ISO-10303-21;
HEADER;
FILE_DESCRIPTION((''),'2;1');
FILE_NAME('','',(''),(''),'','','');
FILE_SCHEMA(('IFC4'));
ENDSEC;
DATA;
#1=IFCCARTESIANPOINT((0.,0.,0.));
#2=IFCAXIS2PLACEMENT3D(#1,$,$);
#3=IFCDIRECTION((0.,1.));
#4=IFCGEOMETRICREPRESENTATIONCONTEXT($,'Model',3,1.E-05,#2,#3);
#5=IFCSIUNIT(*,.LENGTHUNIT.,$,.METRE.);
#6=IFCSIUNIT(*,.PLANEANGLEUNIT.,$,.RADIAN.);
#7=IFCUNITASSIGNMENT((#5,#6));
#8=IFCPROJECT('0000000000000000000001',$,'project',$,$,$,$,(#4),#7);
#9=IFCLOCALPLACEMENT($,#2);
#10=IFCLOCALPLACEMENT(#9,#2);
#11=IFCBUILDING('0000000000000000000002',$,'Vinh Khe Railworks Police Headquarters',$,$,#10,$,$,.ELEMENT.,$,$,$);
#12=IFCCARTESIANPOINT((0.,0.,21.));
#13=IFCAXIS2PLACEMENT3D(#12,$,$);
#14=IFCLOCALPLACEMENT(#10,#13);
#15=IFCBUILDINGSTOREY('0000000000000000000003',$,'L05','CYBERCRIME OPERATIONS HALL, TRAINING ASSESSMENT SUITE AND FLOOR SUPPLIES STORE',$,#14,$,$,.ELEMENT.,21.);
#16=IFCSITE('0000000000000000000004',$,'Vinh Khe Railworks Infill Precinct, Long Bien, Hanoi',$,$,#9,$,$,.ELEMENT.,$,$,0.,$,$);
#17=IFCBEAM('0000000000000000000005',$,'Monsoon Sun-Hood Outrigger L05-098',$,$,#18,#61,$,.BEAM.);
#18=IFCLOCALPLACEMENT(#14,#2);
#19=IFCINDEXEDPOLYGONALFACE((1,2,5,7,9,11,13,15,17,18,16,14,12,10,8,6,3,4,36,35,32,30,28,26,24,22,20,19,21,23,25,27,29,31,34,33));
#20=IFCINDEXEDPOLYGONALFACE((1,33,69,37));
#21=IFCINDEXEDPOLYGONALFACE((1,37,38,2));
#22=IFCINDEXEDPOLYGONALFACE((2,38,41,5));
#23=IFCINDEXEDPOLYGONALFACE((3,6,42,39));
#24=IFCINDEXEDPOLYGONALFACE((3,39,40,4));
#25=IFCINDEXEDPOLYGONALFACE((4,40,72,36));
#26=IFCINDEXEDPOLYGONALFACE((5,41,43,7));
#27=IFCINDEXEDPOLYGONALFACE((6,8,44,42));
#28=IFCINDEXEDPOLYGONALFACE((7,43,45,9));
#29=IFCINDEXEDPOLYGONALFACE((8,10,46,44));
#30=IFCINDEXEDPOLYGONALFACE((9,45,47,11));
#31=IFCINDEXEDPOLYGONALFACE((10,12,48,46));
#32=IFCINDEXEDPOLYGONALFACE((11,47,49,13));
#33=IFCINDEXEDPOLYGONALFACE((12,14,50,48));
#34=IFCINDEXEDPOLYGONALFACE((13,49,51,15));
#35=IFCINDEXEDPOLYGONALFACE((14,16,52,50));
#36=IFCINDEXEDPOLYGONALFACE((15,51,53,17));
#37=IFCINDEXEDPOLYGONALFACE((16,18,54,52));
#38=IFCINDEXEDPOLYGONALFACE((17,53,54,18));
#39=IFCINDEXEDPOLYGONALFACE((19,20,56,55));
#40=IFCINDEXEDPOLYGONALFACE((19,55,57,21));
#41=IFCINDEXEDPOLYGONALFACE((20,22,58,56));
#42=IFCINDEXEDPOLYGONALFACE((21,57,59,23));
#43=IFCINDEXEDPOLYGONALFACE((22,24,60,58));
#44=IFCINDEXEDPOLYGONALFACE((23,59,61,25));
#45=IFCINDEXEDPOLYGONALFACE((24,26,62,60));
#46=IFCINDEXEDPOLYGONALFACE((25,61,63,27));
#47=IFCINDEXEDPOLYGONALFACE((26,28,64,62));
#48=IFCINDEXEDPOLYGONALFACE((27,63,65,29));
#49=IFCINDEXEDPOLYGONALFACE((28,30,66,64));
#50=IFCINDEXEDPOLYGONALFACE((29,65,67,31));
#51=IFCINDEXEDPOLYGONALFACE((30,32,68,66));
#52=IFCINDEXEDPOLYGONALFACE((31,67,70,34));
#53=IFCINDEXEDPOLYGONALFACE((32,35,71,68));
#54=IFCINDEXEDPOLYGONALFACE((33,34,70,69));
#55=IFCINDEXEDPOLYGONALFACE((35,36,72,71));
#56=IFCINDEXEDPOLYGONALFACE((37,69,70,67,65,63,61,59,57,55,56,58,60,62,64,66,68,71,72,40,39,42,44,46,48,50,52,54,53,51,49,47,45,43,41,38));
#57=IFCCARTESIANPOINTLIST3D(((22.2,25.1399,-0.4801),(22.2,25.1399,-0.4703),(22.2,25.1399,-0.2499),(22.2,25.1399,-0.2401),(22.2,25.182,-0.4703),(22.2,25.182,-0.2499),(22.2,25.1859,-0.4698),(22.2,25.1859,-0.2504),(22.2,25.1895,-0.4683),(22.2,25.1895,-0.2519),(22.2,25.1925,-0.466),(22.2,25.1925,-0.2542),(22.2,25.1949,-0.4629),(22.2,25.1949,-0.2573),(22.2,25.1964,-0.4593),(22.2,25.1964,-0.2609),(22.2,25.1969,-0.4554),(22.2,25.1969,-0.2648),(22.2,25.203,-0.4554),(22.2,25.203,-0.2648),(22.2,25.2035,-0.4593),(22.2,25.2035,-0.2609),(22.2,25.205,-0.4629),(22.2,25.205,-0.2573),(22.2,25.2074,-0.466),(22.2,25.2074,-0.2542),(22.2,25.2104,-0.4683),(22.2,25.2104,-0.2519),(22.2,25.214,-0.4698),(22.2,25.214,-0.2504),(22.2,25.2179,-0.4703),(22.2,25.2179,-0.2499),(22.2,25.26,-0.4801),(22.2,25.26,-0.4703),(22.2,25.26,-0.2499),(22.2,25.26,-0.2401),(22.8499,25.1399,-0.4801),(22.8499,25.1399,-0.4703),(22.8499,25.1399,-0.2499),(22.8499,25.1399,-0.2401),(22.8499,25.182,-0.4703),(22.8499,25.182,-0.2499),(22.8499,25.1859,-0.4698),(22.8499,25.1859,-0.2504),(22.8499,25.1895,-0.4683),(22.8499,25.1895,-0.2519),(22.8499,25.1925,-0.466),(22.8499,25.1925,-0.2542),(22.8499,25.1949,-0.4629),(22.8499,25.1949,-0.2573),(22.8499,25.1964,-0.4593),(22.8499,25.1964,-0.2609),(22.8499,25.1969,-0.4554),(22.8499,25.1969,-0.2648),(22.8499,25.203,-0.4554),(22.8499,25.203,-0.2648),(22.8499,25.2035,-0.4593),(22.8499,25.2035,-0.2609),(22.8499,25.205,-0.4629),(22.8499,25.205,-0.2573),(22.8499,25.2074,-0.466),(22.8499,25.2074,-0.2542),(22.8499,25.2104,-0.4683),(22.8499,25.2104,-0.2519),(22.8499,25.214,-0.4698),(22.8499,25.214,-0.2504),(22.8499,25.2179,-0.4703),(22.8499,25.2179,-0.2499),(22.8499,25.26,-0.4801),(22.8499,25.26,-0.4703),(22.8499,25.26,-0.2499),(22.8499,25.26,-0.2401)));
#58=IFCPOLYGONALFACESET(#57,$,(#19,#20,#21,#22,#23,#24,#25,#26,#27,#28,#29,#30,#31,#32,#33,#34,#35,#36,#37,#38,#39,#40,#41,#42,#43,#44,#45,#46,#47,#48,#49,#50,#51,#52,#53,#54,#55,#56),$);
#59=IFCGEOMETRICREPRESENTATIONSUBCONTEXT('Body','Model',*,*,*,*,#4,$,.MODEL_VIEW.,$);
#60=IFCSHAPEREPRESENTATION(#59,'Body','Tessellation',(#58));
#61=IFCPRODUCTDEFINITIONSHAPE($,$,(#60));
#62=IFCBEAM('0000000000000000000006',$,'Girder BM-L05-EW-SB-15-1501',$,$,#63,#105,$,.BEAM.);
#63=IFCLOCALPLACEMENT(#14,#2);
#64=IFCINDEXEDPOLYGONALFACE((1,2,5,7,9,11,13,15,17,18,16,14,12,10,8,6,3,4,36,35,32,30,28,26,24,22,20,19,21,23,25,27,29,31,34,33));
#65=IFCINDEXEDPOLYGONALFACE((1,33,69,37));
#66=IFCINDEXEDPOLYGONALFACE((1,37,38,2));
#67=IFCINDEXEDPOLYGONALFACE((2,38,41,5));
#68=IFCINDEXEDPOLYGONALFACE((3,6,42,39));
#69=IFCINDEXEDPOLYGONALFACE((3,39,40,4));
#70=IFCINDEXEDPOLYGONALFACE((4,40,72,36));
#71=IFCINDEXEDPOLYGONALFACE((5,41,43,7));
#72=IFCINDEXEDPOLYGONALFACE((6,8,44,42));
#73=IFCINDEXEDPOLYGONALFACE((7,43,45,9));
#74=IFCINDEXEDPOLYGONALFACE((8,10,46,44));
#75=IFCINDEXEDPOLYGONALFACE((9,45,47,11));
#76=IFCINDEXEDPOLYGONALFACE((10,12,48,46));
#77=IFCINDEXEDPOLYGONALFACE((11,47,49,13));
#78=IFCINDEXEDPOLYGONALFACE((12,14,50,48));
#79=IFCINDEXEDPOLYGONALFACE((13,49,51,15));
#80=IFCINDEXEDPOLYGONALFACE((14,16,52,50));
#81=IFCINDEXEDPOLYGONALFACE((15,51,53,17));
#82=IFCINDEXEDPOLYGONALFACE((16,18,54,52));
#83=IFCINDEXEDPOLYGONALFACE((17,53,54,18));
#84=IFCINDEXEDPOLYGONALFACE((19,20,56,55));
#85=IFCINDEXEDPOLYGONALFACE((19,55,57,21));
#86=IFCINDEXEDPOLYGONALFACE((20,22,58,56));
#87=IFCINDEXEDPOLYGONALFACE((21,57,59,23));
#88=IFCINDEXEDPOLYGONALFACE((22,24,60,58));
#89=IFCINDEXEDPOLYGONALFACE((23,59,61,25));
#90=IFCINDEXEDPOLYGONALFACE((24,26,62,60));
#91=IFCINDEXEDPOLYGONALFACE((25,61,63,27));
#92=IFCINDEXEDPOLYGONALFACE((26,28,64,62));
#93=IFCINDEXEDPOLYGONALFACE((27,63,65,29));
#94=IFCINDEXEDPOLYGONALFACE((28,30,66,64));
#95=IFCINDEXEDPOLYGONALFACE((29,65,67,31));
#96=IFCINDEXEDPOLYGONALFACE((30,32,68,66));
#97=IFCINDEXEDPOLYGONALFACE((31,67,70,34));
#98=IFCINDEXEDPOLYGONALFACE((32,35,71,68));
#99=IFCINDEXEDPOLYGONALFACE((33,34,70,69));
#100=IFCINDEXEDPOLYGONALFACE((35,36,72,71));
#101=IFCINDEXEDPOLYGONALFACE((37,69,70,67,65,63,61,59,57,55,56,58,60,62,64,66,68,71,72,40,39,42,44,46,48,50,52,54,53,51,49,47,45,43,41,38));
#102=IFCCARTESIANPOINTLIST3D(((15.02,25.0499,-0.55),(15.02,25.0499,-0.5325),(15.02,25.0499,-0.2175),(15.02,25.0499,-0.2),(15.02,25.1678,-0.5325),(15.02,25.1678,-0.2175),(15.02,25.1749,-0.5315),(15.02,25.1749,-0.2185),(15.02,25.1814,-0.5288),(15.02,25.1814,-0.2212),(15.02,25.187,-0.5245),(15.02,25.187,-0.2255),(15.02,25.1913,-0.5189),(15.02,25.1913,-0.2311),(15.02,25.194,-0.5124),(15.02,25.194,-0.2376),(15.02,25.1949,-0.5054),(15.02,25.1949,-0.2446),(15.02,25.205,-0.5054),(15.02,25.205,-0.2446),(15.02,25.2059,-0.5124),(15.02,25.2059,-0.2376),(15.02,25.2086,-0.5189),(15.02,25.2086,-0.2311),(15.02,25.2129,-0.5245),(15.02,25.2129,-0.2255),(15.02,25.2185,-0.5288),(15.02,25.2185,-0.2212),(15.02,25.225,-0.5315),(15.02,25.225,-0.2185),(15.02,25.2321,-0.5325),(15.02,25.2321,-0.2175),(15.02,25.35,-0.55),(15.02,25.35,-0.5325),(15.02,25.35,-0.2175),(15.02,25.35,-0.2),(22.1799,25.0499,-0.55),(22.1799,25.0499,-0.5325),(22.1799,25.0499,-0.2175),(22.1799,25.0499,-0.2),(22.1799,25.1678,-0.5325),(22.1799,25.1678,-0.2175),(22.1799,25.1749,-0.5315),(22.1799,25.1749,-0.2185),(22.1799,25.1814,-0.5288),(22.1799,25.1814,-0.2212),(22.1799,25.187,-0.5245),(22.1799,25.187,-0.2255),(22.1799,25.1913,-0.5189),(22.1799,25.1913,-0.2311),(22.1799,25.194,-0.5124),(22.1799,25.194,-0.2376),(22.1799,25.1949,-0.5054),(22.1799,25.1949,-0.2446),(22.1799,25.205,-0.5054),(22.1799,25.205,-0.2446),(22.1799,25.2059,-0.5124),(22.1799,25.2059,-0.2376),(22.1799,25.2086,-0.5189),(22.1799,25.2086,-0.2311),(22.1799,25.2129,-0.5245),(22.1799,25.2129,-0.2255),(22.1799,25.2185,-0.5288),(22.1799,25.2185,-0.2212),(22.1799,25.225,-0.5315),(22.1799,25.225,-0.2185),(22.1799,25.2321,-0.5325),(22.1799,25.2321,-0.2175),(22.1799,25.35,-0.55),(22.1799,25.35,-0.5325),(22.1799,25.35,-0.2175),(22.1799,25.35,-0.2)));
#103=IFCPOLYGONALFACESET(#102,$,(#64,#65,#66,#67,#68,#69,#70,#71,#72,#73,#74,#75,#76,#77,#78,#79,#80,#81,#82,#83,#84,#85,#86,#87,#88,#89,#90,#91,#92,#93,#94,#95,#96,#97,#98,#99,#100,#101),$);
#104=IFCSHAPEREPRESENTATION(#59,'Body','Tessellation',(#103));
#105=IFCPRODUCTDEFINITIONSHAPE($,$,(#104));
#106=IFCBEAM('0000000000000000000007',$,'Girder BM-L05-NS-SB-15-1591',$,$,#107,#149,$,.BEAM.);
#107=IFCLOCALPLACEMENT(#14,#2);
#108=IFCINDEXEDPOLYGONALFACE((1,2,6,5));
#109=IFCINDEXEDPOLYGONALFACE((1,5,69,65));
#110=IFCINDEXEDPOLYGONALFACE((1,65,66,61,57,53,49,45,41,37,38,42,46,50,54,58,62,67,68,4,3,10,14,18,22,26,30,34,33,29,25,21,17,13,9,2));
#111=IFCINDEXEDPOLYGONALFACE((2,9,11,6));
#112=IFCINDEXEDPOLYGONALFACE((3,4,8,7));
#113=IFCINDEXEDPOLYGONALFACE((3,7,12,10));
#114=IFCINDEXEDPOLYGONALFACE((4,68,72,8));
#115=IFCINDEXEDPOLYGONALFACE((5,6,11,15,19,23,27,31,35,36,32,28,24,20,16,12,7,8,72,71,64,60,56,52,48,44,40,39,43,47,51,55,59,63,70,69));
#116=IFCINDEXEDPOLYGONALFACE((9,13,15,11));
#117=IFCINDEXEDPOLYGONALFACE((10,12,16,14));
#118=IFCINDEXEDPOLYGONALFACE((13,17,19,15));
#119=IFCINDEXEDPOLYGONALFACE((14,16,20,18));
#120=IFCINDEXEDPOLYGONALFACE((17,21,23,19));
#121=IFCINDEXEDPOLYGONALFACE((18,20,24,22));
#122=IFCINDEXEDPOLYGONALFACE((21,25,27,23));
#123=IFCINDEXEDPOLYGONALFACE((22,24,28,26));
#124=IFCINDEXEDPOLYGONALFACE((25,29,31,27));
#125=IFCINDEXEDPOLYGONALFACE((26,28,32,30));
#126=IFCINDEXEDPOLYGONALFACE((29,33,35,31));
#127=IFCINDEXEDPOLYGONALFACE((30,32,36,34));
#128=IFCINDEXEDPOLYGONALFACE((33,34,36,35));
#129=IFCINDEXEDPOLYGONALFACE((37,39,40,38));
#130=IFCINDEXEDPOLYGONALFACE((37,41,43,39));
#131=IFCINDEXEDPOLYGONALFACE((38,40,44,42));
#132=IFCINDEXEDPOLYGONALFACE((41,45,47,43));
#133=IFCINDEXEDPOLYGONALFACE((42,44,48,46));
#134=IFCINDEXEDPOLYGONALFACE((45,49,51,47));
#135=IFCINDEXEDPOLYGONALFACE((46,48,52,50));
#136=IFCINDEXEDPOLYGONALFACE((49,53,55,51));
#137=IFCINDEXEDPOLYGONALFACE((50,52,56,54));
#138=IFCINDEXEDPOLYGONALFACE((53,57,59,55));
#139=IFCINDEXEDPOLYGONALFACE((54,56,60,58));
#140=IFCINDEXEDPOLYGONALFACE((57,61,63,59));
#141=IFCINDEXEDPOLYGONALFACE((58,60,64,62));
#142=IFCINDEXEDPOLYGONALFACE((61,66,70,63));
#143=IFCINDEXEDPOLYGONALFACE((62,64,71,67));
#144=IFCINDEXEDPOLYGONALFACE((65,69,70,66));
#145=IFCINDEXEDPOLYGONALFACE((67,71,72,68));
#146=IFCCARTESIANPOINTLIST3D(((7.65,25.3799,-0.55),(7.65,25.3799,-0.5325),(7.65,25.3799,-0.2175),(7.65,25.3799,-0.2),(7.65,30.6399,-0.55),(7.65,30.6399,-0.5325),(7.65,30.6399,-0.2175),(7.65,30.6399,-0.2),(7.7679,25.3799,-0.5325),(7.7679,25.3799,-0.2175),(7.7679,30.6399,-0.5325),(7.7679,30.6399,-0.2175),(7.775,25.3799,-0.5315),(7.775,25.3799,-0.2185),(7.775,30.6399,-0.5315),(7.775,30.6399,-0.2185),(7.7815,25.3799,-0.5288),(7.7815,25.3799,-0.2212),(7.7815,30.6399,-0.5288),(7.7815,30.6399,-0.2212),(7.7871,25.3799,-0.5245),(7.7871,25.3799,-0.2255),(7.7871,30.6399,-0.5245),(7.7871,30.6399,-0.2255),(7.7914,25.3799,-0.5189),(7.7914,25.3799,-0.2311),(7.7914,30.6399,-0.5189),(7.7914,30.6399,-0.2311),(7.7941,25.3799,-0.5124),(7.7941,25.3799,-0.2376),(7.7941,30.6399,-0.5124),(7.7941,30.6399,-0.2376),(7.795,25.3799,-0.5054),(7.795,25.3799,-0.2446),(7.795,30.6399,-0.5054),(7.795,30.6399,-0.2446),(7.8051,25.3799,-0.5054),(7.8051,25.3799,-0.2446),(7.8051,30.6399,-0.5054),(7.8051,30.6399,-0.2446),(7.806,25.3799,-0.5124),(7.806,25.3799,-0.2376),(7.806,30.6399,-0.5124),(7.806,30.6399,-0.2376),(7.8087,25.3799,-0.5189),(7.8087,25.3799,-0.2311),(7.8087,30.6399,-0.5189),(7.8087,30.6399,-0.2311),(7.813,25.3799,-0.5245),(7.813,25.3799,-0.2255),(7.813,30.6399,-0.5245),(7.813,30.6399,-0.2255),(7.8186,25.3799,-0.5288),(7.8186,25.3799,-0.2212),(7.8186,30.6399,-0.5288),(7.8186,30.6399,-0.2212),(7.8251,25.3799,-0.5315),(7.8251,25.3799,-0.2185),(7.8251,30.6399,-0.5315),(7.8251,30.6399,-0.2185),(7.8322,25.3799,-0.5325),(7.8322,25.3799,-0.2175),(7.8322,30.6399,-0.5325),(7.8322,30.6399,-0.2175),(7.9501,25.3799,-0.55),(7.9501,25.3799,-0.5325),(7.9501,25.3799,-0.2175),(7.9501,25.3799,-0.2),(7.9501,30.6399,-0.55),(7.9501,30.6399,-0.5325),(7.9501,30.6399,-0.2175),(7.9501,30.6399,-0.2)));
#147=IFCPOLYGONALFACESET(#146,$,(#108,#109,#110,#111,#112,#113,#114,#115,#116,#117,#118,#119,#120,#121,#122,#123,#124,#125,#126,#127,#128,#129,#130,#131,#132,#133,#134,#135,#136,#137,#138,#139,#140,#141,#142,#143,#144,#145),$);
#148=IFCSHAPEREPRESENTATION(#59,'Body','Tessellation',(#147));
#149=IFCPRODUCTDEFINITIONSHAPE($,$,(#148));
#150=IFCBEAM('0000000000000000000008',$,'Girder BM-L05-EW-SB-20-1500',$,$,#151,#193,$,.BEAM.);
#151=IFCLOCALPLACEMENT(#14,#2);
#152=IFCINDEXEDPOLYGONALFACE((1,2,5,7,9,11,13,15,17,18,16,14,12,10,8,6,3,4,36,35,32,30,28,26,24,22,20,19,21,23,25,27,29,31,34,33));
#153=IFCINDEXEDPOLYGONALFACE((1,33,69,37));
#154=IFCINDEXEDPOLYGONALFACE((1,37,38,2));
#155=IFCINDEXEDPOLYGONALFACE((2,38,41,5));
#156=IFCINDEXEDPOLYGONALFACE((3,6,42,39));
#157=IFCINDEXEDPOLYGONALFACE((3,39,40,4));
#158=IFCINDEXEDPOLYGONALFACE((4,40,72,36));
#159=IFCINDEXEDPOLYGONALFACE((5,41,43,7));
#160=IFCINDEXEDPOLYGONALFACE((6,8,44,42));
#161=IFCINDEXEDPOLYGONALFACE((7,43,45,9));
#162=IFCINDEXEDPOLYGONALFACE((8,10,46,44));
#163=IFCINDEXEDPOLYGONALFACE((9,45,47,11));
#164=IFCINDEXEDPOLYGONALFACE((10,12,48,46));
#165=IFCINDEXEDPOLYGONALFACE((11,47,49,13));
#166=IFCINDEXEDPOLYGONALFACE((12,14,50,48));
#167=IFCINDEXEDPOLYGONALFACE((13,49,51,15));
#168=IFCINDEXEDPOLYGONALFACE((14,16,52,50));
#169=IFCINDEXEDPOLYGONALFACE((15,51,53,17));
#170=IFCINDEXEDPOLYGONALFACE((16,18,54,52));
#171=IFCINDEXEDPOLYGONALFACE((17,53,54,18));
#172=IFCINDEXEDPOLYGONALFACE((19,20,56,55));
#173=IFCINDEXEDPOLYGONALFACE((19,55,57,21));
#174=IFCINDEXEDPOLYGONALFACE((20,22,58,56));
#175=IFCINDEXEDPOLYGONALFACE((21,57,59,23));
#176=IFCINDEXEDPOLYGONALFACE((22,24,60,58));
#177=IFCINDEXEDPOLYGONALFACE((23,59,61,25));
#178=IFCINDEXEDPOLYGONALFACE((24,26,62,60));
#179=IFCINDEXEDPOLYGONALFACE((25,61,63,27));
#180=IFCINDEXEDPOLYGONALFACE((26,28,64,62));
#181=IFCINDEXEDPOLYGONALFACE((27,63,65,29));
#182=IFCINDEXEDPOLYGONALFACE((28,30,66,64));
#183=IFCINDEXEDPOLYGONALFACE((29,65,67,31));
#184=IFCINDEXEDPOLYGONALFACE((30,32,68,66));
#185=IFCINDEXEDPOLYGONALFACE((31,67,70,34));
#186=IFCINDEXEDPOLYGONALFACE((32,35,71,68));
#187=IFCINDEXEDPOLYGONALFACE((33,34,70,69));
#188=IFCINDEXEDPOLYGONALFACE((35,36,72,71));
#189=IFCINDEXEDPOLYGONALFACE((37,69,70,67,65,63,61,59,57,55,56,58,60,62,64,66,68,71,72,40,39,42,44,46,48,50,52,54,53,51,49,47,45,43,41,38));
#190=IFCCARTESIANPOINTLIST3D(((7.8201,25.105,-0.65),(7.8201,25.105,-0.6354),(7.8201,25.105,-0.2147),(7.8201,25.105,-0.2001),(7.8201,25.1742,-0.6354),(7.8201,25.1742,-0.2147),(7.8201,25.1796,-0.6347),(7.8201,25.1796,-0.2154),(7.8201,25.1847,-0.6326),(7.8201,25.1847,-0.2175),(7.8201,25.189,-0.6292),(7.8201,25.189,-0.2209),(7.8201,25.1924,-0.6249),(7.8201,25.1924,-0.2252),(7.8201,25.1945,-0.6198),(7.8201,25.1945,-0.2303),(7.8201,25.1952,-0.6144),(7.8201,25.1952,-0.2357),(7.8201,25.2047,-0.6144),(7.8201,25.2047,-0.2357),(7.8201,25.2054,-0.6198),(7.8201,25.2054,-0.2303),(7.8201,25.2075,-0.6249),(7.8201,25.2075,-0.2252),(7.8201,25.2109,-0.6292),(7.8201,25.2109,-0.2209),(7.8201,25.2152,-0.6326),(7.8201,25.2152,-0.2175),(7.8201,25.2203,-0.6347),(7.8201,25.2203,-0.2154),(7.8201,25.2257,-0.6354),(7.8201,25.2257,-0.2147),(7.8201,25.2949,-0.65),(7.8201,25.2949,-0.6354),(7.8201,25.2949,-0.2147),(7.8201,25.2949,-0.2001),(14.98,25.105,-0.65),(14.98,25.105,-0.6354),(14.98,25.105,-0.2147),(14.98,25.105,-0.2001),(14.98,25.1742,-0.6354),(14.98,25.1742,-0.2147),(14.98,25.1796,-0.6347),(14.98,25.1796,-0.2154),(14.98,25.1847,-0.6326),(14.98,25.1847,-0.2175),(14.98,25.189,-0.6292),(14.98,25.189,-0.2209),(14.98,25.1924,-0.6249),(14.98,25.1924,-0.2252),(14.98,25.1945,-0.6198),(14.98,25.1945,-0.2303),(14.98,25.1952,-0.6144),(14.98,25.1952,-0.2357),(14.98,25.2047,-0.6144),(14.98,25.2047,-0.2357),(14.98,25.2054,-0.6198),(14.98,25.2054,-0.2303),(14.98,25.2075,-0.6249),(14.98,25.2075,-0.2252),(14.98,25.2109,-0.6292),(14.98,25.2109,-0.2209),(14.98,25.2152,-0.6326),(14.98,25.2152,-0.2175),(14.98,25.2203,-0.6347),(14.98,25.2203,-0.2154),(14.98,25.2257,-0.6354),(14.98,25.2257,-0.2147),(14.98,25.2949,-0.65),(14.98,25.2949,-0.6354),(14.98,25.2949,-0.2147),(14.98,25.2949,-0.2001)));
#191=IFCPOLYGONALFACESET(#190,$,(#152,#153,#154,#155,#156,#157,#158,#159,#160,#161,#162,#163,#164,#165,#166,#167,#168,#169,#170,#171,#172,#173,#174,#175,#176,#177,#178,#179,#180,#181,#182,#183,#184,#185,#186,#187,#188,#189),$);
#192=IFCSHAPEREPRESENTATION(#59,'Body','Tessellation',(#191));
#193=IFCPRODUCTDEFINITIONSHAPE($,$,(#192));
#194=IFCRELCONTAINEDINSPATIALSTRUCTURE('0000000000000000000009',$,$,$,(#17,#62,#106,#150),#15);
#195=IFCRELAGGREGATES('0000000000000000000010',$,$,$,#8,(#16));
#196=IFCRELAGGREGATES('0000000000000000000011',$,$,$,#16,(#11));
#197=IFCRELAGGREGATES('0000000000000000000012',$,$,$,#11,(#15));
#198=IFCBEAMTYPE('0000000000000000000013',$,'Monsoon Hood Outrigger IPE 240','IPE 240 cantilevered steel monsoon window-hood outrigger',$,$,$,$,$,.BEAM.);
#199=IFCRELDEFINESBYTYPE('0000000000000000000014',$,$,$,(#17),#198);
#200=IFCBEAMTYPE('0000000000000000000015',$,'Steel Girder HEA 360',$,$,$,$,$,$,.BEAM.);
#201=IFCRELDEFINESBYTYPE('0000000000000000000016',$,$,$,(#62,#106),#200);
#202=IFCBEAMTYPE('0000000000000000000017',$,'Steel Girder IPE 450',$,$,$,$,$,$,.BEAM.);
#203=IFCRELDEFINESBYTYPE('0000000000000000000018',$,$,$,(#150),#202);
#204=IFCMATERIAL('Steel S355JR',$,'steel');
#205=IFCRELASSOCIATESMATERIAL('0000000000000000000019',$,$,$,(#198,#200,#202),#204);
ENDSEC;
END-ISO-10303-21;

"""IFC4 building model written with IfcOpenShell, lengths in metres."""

from ifc_helpers import new_model, si_unit, direction, frame, origin, origin_2d, place, context, subcontext, project, spatial, i_section, extrude, material, material_profile, profile_set, type_object, element, save


model = new_model("IFC4")

# Units and contexts
model_context = context("Model", 3, precision=1e-05, world=origin(), true_north=direction((0.0, 1.0)))
body_context = subcontext(model_context, "Body", "Model", "MODEL_VIEW")
ifc_project = project(units=[si_unit("LENGTHUNIT", "METRE"), si_unit("PLANEANGLEUNIT", "RADIAN")], contexts=[model_context])

# Site, building, storey
site_placement = place(None, origin())
site = spatial("IfcSite", under=ifc_project, at=site_placement, Name="Vinh Khe Railworks Infill Precinct, Long Bien, Hanoi", CompositionType="ELEMENT", RefElevation=0.0)
building_placement = place(site_placement, origin())
building = spatial("IfcBuilding", under=site, at=building_placement, Name="Vinh Khe Railworks Police Headquarters", CompositionType="ELEMENT")
storey_placement = place(building_placement, frame((0.0, 0.0, 21.0)))
storey = spatial("IfcBuildingStorey", under=building, at=storey_placement, Name="L05", Description="CYBERCRIME OPERATIONS HALL, TRAINING ASSESSMENT SUITE AND FLOOR SUPPLIES STORE", CompositionType="ELEMENT", Elevation=21.0)

# Shared definitions
ifc_material_1 = material(Name="Steel S355JR", Category="steel")

# Beams
ifc_material_profile_1 = material_profile(ifc_material_1, i_section(OverallWidth=0.1201, OverallDepth=0.24, WebThickness=0.0061, FlangeThickness=0.0098, FilletRadius=0.0149, at=origin_2d()), Name="IPE 240")
ifc_profile_set_1 = profile_set([ifc_material_profile_1], Name="Steel S355JR")
beam_type_1 = type_object("IfcBeamType", Name="Monsoon Hood Outrigger IPE 240", Description="IPE 240 cantilevered steel monsoon window-hood outrigger", PredefinedType="BEAM", material=ifc_profile_set_1)
beam_1_placement = place(storey_placement, frame((22.2, 25.2, -0.3601), z_axis=(1.0, 0.0, 0.0), x_axis=(0.0, 1.0, 0.0)))
element("IfcBeam", 1, at=beam_1_placement, inside=storey, type_object=beam_type_1, Name="Monsoon Sun-Hood Outrigger L05-098", PredefinedType="BEAM", context=body_context, shape_type="SweptSolid", body=[
    extrude(i_section(OverallWidth=0.1201, OverallDepth=0.24, WebThickness=0.0061, FlangeThickness=0.0098, FilletRadius=0.0149, at=origin_2d()), origin(), (0.0, 0.0, 1.0), 0.6499),
])
ifc_material_profile_2 = material_profile(ifc_material_1, i_section(OverallWidth=0.3, OverallDepth=0.3501, WebThickness=0.01, FlangeThickness=0.0176, FilletRadius=0.0271, at=origin_2d()), Name="HEA 360")
ifc_profile_set_2 = profile_set([ifc_material_profile_2], Name="Steel S355JR")
beam_type_2 = type_object("IfcBeamType", Name="Steel Girder HEA 360", PredefinedType="BEAM", material=ifc_profile_set_2)
beam_2_placement = place(storey_placement, frame((15.02, 25.2, -0.375), z_axis=(1.0, 0.0, 0.0), x_axis=(0.0, 1.0, 0.0)))
element("IfcBeam", 2, at=beam_2_placement, inside=storey, type_object=beam_type_2, Name="Girder BM-L05-EW-SB-15-1501", PredefinedType="BEAM", context=body_context, shape_type="SweptSolid", body=[
    extrude(i_section(OverallWidth=0.3, OverallDepth=0.3501, WebThickness=0.01, FlangeThickness=0.0176, FilletRadius=0.0271, at=origin_2d()), origin(), (0.0, 0.0, 1.0), 7.1599),
])
beam_3_placement = place(storey_placement, frame((7.8, 25.3799, -0.375), z_axis=(0.0, 1.0, 0.0), x_axis=(-1.0, 0.0, 0.0)))
element("IfcBeam", 3, at=beam_3_placement, inside=storey, type_object=beam_type_2, Name="Girder BM-L05-NS-SB-15-1591", PredefinedType="BEAM", context=body_context, shape_type="SweptSolid", body=[
    extrude(i_section(OverallWidth=0.3, OverallDepth=0.3501, WebThickness=0.01, FlangeThickness=0.0176, FilletRadius=0.0271, at=origin_2d()), origin(), (0.0, 0.0, 1.0), 5.26),
])
ifc_material_profile_3 = material_profile(ifc_material_1, i_section(OverallWidth=0.1899, OverallDepth=0.45, WebThickness=0.0095, FlangeThickness=0.0146, FilletRadius=0.021, at=origin_2d()), Name="IPE 450")
ifc_profile_set_3 = profile_set([ifc_material_profile_3], Name="Steel S355JR")
beam_type_3 = type_object("IfcBeamType", Name="Steel Girder IPE 450", PredefinedType="BEAM", material=ifc_profile_set_3)
beam_4_placement = place(storey_placement, frame((7.8201, 25.2, -0.425), z_axis=(1.0, 0.0, 0.0), x_axis=(0.0, 1.0, 0.0)))
element("IfcBeam", 4, at=beam_4_placement, inside=storey, type_object=beam_type_3, Name="Girder BM-L05-EW-SB-20-1500", PredefinedType="BEAM", context=body_context, shape_type="SweptSolid", body=[
    extrude(i_section(OverallWidth=0.1899, OverallDepth=0.45, WebThickness=0.0095, FlangeThickness=0.0146, FilletRadius=0.021, at=origin_2d()), origin(), (0.0, 0.0, 1.0), 7.1599),
])

save(model, "model.ifc")
